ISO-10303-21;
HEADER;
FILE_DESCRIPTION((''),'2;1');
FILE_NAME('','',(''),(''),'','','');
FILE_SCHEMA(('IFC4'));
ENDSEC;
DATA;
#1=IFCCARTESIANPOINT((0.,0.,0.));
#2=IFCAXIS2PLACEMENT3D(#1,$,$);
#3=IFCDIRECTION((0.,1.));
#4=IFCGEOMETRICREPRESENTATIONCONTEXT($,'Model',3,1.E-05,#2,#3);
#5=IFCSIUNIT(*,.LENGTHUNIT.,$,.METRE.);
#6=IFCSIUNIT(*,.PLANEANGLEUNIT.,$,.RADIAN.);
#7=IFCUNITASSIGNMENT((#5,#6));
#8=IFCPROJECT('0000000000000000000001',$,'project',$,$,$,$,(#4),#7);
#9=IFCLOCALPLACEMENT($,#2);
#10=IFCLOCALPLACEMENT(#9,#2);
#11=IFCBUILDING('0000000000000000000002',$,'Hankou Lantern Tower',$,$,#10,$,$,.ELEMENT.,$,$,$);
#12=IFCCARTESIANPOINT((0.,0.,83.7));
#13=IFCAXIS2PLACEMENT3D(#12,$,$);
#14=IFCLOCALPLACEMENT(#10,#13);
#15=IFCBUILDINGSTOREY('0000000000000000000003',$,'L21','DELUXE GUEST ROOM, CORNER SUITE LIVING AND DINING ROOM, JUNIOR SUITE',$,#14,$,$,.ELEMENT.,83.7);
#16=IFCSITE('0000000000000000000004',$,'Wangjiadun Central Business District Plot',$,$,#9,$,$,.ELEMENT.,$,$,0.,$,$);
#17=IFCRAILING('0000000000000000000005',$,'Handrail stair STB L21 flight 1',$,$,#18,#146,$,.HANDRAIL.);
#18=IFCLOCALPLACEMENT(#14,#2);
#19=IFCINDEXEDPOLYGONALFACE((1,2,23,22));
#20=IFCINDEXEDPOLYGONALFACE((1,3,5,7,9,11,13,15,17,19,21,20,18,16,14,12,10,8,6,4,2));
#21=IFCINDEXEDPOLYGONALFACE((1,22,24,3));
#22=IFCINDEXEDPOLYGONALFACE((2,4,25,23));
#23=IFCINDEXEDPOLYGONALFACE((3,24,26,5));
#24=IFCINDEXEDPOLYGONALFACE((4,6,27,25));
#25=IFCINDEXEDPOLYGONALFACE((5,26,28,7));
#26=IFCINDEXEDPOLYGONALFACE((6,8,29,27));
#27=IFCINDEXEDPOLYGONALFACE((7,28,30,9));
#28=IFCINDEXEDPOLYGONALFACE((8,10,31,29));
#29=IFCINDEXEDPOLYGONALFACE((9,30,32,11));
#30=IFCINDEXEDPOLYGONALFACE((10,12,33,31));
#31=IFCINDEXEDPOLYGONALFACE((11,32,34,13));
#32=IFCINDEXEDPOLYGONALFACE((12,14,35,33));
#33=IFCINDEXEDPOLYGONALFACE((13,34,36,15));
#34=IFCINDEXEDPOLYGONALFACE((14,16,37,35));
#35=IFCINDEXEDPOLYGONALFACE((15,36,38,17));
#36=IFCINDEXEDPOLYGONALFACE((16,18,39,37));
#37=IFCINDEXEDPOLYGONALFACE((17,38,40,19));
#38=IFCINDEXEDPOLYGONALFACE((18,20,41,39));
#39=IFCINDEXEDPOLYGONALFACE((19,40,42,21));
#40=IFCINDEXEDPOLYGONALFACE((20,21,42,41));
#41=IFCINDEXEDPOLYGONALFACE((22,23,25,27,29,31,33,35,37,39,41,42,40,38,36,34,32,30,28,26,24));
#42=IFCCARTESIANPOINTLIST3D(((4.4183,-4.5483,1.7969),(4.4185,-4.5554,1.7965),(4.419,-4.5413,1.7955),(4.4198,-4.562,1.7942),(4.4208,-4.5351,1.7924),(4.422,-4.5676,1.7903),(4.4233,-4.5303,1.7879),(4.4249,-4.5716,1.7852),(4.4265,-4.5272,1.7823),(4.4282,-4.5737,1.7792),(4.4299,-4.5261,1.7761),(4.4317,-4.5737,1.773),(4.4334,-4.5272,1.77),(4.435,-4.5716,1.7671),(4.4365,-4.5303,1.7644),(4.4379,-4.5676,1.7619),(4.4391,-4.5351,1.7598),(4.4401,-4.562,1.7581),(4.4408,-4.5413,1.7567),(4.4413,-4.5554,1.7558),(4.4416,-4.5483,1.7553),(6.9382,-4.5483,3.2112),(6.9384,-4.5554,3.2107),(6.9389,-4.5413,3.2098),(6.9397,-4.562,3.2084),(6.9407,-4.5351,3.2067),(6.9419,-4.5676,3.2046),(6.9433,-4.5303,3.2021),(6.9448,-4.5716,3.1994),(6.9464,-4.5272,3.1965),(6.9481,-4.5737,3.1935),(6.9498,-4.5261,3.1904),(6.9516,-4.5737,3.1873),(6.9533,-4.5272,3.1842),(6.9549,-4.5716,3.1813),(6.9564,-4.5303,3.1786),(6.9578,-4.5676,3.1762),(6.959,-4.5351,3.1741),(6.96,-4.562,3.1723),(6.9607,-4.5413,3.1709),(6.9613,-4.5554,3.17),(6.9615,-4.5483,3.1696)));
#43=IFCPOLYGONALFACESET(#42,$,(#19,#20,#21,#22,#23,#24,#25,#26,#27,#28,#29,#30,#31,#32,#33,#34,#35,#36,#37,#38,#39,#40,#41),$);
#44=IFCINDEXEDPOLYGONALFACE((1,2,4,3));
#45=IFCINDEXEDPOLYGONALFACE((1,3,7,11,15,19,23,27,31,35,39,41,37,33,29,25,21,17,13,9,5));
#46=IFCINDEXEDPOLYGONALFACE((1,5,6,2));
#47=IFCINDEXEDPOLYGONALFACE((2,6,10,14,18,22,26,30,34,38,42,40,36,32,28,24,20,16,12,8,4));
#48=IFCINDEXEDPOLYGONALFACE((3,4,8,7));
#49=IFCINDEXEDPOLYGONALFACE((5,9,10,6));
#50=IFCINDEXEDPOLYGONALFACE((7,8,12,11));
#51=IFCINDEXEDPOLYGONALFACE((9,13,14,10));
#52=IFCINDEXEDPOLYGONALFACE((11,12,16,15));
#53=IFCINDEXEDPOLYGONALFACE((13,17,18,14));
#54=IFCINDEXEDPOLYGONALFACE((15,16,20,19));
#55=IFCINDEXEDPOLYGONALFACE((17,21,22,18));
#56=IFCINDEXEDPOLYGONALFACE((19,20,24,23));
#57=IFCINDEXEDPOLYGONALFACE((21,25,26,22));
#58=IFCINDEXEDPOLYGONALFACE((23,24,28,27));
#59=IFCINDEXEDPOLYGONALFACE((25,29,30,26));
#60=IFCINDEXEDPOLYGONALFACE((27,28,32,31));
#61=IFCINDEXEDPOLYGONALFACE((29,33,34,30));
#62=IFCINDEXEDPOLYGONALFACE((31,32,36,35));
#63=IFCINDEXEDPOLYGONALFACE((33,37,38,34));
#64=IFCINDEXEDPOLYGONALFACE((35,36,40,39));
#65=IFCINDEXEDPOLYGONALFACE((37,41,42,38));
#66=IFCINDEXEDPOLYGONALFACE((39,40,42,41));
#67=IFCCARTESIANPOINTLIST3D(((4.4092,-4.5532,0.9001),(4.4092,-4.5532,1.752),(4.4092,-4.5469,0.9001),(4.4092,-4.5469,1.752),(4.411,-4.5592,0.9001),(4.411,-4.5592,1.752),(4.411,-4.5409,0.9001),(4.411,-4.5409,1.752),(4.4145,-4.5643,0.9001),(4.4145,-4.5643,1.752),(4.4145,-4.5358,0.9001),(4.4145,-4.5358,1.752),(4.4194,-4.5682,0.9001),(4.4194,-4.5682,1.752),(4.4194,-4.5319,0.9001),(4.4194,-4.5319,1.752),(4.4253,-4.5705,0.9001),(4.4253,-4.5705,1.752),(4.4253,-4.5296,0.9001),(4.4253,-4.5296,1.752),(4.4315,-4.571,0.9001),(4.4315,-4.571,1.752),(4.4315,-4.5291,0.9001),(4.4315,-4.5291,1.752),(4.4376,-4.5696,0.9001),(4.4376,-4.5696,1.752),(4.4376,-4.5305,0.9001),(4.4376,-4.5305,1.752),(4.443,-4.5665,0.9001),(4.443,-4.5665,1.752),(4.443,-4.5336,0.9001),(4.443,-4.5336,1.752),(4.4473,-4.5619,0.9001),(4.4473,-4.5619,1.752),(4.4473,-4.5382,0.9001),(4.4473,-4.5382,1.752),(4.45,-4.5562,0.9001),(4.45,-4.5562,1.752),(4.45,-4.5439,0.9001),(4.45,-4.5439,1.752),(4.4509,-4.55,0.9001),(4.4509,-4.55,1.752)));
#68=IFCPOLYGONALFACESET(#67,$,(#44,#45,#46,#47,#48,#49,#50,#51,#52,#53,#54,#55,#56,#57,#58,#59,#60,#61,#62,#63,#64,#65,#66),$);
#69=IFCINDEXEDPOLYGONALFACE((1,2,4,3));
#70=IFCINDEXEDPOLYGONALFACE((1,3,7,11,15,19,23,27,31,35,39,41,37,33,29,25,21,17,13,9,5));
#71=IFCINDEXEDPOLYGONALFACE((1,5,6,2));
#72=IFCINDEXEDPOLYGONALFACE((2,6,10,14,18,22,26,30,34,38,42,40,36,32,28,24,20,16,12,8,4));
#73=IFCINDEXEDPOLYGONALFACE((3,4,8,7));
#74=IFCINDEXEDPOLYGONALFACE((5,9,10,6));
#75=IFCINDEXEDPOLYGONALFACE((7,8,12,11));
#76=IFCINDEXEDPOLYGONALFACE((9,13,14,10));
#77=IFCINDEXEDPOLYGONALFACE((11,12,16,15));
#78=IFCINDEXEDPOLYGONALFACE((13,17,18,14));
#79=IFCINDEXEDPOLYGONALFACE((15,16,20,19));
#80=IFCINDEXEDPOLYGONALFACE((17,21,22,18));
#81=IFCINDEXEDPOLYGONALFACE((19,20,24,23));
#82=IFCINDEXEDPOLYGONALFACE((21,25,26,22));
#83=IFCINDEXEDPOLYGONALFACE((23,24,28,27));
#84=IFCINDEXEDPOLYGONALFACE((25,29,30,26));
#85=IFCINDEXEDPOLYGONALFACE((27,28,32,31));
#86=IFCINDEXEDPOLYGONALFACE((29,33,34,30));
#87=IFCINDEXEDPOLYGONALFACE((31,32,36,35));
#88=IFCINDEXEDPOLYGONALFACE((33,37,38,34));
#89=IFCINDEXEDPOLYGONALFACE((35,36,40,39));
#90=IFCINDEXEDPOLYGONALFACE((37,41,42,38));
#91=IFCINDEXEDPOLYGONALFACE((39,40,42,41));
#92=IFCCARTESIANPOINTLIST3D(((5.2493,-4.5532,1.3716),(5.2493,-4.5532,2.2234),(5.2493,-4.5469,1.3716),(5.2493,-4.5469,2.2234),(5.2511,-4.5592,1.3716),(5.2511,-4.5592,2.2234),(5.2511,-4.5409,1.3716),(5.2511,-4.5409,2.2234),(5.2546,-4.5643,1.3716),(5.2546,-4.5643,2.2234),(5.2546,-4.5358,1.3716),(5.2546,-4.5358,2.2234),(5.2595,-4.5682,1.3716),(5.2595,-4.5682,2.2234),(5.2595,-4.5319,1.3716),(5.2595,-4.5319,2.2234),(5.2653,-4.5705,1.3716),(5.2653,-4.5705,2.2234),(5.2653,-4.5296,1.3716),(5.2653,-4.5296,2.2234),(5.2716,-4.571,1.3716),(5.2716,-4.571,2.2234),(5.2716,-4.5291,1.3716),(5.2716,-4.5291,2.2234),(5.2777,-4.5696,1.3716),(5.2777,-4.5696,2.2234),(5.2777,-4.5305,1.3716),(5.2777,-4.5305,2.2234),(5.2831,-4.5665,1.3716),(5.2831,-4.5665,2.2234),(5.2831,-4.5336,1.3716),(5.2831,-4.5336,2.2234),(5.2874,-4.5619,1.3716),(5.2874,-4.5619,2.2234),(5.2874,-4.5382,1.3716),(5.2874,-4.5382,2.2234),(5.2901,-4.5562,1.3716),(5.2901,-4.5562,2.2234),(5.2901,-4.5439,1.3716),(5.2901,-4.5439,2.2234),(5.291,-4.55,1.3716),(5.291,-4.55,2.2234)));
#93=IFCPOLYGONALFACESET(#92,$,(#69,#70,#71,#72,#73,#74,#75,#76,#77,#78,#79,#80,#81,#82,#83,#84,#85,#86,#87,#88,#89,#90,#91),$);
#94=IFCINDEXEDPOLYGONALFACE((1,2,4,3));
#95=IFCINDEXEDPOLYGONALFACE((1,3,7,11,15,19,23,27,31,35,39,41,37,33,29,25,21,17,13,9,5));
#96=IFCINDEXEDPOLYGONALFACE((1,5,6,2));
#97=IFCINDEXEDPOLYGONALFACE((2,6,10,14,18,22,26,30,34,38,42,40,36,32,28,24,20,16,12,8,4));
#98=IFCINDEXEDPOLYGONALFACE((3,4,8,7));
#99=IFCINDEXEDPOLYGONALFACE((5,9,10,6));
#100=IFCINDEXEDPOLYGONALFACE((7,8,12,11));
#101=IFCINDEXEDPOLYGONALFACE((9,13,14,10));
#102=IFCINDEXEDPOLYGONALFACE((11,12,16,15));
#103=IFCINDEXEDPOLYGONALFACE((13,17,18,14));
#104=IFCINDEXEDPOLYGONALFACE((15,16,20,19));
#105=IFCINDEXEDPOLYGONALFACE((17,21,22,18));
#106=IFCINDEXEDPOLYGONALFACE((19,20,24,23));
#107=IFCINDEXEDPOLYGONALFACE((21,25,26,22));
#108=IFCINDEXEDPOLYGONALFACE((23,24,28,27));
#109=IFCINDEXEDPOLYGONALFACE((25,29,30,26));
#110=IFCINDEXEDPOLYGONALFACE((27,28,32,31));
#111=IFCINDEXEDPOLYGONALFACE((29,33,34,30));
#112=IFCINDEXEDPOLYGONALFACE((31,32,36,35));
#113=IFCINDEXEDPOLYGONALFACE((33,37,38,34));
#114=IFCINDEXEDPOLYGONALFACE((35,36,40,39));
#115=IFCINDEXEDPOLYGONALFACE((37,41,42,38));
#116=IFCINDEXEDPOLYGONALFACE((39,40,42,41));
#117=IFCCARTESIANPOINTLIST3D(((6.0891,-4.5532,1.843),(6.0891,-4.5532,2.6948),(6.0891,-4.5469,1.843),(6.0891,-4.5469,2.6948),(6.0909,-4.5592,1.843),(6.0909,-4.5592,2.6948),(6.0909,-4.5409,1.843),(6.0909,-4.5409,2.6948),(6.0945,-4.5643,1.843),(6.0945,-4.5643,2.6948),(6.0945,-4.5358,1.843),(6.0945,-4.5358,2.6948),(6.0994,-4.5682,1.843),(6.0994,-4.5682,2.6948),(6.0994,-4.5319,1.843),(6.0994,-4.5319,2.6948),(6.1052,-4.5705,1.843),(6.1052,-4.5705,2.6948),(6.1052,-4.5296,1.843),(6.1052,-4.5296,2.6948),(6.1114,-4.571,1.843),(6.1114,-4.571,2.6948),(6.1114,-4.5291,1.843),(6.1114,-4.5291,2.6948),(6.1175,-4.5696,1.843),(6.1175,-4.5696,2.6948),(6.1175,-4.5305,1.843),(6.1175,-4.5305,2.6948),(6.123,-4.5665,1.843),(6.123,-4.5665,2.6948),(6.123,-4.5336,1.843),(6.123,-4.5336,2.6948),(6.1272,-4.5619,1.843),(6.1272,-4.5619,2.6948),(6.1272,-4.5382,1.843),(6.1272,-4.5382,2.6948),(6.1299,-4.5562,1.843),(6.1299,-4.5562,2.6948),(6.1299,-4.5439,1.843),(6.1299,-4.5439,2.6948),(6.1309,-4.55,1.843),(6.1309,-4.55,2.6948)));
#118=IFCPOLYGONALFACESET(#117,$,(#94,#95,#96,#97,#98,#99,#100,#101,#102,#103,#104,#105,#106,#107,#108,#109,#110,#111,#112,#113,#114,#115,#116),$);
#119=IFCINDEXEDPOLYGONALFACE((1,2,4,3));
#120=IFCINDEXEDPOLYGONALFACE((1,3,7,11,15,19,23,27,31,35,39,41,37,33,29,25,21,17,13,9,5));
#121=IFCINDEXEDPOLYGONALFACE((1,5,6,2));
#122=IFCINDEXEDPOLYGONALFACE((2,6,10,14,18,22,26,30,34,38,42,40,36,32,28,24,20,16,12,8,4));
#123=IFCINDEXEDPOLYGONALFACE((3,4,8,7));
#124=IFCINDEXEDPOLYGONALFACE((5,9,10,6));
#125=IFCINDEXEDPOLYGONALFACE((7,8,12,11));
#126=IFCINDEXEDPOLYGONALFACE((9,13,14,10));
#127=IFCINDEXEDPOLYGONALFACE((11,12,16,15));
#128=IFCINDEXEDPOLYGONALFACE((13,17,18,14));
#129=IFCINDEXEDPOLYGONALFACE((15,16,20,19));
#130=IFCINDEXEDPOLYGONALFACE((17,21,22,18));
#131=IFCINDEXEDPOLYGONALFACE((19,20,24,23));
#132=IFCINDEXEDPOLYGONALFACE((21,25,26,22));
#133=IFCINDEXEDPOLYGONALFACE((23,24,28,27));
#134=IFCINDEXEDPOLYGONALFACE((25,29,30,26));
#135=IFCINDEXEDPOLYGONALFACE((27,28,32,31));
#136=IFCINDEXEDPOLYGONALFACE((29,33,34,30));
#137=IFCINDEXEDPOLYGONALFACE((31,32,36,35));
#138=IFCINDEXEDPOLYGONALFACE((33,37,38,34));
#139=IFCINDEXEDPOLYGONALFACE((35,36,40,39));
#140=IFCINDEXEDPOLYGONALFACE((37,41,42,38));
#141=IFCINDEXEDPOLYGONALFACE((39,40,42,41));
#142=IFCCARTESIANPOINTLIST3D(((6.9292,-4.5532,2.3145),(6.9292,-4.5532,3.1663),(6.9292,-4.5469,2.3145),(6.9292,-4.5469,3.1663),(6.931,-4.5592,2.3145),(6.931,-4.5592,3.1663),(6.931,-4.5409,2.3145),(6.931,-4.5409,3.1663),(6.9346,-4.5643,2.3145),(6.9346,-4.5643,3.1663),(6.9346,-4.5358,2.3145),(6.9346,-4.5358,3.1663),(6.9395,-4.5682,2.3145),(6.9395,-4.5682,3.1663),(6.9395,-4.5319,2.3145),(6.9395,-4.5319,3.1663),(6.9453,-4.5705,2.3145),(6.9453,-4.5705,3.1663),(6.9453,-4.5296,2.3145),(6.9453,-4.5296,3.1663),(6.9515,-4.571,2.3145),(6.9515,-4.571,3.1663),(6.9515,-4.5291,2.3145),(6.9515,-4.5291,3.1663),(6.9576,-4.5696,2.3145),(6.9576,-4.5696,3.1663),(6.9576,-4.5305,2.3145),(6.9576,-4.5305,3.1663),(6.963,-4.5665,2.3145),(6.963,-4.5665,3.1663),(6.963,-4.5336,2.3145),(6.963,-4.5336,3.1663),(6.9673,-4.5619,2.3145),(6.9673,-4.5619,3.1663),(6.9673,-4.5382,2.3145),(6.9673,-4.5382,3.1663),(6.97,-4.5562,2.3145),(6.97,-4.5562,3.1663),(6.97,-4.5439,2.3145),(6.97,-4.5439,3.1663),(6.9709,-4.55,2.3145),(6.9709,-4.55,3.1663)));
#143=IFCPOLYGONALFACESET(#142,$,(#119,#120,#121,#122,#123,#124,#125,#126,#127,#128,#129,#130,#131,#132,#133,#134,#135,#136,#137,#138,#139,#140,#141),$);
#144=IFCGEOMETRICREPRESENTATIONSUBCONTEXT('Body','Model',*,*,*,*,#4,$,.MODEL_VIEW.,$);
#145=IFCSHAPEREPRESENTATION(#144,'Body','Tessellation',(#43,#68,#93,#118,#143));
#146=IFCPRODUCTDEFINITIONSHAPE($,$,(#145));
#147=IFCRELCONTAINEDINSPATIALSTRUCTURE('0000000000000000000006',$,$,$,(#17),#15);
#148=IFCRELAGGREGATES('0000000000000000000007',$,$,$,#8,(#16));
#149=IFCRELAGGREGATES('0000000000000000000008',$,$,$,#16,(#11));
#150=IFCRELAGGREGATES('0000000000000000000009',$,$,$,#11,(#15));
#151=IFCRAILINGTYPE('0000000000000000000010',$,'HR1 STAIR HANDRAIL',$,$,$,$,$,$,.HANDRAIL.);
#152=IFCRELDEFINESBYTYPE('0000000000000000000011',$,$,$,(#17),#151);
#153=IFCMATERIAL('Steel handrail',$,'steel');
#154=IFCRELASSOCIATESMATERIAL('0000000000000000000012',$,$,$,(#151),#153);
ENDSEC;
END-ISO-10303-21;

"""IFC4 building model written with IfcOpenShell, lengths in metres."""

from ifc_helpers import new_model, si_unit, direction, frame, origin, origin_2d, place, context, subcontext, project, spatial, circle, extrude, material, type_object, element, save


model = new_model("IFC4")

# Units and contexts
model_context = context("Model", 3, precision=1e-05, world=origin(), true_north=direction((0.0, 1.0)))
body_context = subcontext(model_context, "Body", "Model", "MODEL_VIEW")
ifc_project = project(units=[si_unit("LENGTHUNIT", "METRE"), si_unit("PLANEANGLEUNIT", "RADIAN")], contexts=[model_context])

# Site, building, storey
site_placement = place(None, origin())
site = spatial("IfcSite", under=ifc_project, at=site_placement, Name="Wangjiadun Central Business District Plot", CompositionType="ELEMENT", RefElevation=0.0)
building_placement = place(site_placement, origin())
building = spatial("IfcBuilding", under=site, at=building_placement, Name="Hankou Lantern Tower", CompositionType="ELEMENT")
storey_placement = place(building_placement, frame((0.0, 0.0, 83.7)))
storey = spatial("IfcBuildingStorey", under=building, at=storey_placement, Name="L21", Description="DELUXE GUEST ROOM, CORNER SUITE LIVING AND DINING ROOM, JUNIOR SUITE", CompositionType="ELEMENT", Elevation=83.7)

# Railing
ifc_material_1 = material(Name="Steel handrail", Category="steel")
railing_type = type_object("IfcRailingType", Name="HR1 STAIR HANDRAIL", PredefinedType="HANDRAIL", material=ifc_material_1)
railing_1_placement = place(storey_placement, frame((4.4299, -4.55, 0.9001)))
element("IfcRailing", 1, at=railing_1_placement, inside=storey, type_object=railing_type, Name="Handrail stair STB L21 flight 1", PredefinedType="HANDRAIL", context=body_context, shape_type="SweptSolid", body=[
    extrude(circle(Radius=0.0239, at=origin_2d()), frame((0.0, 0.0, 0.876), z_axis=(0.872049, 0.0, 0.489419), x_axis=(0.0, 1.0, 0.0)), (0.0, 0.0, 1.0), 2.8896),
    extrude(circle(Radius=0.021, at=origin_2d()), origin(), (0.0, 0.0, 1.0), 0.8518),
    extrude(circle(Radius=0.021, at=origin_2d()), frame((0.8401, 0.0, 0.4714)), (0.0, 0.0, 1.0), 0.8518),
    extrude(circle(Radius=0.021, at=origin_2d()), frame((1.6799, 0.0, 0.9429)), (0.0, 0.0, 1.0), 0.8518),
    extrude(circle(Radius=0.021, at=origin_2d()), frame((2.52, 0.0, 1.4143)), (0.0, 0.0, 1.0), 0.8518),
])

save(model, "model.ifc")
